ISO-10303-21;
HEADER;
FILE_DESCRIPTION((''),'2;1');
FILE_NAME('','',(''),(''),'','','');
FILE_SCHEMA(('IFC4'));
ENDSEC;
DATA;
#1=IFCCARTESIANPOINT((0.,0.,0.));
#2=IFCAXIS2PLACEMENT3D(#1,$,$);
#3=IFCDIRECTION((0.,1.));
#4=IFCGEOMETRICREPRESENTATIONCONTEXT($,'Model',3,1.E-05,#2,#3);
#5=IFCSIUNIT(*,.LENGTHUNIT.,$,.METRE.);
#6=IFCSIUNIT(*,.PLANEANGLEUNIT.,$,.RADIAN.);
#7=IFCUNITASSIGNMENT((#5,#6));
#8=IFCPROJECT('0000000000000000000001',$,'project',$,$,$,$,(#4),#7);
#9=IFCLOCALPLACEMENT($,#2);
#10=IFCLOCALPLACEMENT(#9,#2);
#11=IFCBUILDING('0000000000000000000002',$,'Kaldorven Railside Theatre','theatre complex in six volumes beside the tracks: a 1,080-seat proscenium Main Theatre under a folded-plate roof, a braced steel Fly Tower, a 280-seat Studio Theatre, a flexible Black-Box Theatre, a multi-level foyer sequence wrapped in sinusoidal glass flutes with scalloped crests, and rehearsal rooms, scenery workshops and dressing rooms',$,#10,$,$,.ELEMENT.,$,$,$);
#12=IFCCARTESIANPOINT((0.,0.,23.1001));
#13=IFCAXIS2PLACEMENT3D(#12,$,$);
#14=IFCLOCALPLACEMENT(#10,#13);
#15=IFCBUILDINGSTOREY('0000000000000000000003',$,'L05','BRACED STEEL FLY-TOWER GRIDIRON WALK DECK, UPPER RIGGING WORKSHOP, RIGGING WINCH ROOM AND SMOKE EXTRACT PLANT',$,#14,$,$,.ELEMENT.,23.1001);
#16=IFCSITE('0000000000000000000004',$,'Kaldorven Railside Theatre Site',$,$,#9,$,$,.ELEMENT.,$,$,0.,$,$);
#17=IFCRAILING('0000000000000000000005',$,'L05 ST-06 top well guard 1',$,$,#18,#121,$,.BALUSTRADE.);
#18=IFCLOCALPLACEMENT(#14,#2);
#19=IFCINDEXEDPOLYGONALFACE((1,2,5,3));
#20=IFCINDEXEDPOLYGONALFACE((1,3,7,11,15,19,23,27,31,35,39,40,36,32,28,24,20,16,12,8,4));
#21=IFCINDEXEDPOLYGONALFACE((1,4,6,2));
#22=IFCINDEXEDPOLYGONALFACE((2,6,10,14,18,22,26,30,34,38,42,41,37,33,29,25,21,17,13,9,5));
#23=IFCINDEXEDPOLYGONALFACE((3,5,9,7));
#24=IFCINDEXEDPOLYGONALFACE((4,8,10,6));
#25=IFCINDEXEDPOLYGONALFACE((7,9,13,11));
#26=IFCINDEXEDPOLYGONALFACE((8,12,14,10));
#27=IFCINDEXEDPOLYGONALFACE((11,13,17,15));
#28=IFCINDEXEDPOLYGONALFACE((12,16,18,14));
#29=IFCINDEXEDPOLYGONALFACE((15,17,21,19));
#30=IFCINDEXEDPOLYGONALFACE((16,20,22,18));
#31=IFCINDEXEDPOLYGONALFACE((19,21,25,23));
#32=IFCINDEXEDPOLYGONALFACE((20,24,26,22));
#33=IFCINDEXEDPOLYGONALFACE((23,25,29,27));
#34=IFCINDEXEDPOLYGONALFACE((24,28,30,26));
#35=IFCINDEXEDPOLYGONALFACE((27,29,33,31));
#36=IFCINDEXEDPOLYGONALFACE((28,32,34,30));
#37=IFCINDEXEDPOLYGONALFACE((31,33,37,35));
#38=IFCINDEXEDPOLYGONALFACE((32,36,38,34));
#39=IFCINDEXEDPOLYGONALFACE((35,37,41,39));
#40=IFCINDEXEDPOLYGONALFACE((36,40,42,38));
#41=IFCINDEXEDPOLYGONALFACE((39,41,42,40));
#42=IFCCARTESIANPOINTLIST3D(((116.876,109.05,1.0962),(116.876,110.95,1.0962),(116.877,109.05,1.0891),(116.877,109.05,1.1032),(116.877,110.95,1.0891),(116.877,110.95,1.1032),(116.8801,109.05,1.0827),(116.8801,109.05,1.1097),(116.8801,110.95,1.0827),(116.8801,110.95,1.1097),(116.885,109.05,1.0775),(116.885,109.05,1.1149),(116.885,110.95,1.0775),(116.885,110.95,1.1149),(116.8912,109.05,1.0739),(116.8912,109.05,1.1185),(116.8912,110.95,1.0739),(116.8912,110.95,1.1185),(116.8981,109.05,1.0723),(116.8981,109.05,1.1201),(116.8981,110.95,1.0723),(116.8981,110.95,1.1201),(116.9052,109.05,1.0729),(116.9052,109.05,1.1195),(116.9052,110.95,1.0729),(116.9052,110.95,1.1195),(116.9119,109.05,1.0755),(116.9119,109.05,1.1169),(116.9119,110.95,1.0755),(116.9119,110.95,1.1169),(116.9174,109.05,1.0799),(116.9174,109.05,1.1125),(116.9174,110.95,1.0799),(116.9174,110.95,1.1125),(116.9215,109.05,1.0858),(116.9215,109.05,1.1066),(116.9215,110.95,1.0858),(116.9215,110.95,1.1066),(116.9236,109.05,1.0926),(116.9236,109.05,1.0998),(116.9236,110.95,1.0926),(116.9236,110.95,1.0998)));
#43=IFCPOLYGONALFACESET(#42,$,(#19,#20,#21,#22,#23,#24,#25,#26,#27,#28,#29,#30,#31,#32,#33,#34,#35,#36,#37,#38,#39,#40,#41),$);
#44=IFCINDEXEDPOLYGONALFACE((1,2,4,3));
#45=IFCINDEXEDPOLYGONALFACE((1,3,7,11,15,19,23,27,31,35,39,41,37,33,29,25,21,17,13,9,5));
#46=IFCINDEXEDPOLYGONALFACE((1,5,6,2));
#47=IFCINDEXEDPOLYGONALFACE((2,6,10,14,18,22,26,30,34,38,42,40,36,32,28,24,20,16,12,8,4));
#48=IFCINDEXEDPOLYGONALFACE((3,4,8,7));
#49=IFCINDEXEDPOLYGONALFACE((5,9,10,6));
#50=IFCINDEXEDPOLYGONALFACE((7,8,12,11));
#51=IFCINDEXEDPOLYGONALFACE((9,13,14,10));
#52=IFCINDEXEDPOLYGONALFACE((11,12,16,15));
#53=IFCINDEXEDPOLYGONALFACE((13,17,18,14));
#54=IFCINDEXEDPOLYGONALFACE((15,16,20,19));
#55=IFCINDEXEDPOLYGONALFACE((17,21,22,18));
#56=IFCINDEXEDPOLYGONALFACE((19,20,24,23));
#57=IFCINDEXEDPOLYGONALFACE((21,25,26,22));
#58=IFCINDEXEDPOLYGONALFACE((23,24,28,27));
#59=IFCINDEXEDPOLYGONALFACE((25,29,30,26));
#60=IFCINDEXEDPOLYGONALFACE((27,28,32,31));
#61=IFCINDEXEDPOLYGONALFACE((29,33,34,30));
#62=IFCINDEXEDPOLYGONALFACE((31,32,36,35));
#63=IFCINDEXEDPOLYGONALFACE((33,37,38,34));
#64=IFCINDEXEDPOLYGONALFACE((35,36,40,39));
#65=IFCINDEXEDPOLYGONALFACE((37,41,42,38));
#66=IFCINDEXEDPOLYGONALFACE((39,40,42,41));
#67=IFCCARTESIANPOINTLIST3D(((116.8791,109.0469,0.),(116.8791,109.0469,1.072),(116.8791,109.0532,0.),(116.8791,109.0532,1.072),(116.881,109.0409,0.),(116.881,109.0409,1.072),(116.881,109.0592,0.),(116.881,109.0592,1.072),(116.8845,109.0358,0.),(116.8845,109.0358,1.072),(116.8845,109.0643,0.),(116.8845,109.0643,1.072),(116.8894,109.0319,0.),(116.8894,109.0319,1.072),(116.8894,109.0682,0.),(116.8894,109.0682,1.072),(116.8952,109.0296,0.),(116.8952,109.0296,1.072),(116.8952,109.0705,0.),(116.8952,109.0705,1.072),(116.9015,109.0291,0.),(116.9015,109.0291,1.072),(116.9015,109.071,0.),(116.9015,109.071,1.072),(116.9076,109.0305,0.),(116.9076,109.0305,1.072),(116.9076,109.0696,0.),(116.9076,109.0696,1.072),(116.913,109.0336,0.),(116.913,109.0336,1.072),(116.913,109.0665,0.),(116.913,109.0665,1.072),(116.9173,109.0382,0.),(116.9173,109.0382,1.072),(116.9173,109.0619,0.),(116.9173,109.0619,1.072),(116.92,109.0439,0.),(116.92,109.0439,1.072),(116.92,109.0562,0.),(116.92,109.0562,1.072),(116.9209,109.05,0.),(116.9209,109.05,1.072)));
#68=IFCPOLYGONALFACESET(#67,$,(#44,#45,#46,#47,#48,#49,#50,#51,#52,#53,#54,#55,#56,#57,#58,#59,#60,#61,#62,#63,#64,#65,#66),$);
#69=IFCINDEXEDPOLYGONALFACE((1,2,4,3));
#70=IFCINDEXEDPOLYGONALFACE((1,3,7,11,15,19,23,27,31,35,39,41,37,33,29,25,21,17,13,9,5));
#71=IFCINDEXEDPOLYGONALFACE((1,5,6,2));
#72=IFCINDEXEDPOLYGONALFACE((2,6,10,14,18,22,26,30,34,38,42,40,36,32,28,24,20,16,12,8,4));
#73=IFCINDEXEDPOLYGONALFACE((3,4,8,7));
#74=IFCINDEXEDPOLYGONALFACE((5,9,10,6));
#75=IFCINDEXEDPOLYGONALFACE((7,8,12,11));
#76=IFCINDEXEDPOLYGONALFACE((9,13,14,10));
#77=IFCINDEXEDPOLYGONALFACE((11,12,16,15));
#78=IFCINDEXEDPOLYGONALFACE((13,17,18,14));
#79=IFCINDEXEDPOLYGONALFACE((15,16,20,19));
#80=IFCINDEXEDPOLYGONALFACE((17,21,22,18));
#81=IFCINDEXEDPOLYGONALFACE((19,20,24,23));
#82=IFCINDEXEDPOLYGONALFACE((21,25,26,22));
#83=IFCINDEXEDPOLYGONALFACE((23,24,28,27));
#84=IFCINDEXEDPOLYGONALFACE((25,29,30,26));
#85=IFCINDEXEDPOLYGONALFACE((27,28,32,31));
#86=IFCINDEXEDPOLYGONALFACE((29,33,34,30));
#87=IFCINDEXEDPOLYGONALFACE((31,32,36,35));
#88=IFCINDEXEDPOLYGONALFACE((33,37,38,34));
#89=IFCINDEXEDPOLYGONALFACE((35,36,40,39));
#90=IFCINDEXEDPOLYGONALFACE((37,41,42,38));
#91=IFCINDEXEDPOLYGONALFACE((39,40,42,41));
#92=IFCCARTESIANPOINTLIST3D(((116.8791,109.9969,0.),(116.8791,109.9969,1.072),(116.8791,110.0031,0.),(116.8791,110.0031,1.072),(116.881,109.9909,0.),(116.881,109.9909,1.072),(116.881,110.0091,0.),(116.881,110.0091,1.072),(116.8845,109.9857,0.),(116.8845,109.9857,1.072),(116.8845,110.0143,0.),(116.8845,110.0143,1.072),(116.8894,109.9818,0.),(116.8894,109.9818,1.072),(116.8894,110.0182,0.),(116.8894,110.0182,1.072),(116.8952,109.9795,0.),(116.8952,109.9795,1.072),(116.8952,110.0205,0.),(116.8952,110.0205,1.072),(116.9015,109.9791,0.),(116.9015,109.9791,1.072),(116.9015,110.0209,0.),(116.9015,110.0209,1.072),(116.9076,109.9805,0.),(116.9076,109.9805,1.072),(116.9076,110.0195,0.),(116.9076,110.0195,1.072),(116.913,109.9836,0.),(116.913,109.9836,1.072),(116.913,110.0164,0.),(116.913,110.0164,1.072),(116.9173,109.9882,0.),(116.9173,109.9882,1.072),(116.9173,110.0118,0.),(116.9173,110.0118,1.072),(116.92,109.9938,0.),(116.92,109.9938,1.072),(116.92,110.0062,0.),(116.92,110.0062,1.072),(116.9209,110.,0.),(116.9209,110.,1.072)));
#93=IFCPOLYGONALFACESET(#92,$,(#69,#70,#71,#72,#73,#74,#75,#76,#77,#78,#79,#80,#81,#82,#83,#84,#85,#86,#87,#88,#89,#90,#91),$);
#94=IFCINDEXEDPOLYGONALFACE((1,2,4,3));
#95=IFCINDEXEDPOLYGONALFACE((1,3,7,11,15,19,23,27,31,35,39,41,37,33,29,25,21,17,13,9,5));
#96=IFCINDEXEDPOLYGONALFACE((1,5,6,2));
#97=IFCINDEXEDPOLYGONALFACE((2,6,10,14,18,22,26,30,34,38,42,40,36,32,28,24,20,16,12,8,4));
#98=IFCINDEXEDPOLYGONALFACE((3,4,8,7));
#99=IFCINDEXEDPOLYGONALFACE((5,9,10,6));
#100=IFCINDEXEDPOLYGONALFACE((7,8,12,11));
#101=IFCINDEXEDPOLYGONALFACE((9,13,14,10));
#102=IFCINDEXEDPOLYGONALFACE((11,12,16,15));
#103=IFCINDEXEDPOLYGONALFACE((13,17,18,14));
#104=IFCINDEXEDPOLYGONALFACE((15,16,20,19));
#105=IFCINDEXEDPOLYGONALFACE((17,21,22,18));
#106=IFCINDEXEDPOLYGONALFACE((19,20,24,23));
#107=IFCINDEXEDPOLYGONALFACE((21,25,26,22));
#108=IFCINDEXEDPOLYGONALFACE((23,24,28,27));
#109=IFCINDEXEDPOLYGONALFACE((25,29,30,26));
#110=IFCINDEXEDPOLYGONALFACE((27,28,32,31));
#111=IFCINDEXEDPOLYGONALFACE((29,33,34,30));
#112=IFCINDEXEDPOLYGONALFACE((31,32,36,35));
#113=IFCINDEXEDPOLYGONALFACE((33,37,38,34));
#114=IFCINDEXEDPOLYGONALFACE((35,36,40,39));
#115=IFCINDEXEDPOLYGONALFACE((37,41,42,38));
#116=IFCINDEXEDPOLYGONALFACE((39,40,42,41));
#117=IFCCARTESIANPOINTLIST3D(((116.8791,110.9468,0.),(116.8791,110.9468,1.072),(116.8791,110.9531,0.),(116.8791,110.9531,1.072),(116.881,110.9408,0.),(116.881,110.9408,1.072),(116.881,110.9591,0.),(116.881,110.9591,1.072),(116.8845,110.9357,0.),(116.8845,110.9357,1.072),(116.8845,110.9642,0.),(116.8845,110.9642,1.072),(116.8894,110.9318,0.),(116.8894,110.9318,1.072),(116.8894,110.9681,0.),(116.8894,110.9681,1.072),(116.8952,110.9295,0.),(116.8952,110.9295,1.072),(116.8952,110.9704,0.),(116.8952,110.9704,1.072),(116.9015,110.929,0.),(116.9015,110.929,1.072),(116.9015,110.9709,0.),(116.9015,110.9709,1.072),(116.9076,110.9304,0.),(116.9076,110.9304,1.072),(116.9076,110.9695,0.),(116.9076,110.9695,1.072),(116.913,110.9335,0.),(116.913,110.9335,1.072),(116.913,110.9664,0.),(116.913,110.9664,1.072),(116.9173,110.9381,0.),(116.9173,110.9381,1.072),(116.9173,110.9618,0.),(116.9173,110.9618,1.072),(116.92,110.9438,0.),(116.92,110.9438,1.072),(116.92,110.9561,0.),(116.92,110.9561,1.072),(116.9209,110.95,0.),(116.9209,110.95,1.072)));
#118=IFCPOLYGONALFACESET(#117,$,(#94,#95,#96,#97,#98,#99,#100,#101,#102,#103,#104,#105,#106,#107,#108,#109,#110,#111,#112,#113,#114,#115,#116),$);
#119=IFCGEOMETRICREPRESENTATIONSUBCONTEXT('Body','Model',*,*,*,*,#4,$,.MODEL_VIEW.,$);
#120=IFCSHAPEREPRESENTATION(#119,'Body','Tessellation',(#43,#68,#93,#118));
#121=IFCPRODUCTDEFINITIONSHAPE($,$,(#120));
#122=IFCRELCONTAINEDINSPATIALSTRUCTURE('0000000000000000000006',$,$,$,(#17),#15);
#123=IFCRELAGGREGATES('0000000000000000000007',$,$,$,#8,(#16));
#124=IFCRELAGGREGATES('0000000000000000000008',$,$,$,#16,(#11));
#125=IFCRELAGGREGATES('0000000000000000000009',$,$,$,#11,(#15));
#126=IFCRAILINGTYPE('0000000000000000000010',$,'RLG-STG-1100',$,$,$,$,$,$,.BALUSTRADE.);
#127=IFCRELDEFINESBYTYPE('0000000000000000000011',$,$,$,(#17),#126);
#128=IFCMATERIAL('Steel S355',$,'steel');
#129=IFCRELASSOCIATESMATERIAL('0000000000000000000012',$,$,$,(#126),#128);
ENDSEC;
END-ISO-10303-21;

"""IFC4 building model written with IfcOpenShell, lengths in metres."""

from ifc_helpers import new_model, si_unit, direction, frame, origin, origin_2d, place, context, subcontext, project, spatial, circle, extrude, material, type_object, element, save


model = new_model("IFC4")

# Units and contexts
model_context = context("Model", 3, precision=1e-05, world=origin(), true_north=direction((0.0, 1.0)))
body_context = subcontext(model_context, "Body", "Model", "MODEL_VIEW")
ifc_project = project(units=[si_unit("LENGTHUNIT", "METRE"), si_unit("PLANEANGLEUNIT", "RADIAN")], contexts=[model_context])

# Site, building, storey
site_placement = place(None, origin())
site = spatial("IfcSite", under=ifc_project, at=site_placement, Name="Kaldorven Railside Theatre Site", CompositionType="ELEMENT", RefElevation=0.0)
building_placement = place(site_placement, origin())
building = spatial("IfcBuilding", under=site, at=building_placement, Name="Kaldorven Railside Theatre", Description="theatre complex in six volumes beside the tracks: a 1,080-seat proscenium Main Theatre under a folded-plate roof, a braced steel Fly Tower, a 280-seat Studio Theatre, a flexible Black-Box Theatre, a multi-level foyer sequence wrapped in sinusoidal glass flutes with scalloped crests, and rehearsal rooms, scenery workshops and dressing rooms", CompositionType="ELEMENT")
storey_placement = place(building_placement, frame((0.0, 0.0, 23.1001)))
storey = spatial("IfcBuildingStorey", under=building, at=storey_placement, Name="L05", Description="BRACED STEEL FLY-TOWER GRIDIRON WALK DECK, UPPER RIGGING WORKSHOP, RIGGING WINCH ROOM AND SMOKE EXTRACT PLANT", CompositionType="ELEMENT", Elevation=23.1001)

# Shared definitions
ifc_material_1 = material(Name="Steel S355", Category="steel")

# Railing
railing_type = type_object("IfcRailingType", Name="RLG-STG-1100", PredefinedType="BALUSTRADE", material=ifc_material_1)
railing_placement = place(storey_placement, frame((116.8999, 109.05, 0.0)))
element("IfcRailing", 1, at=railing_placement, inside=storey, type_object=railing_type, Name="L05 ST-06 top well guard 1", PredefinedType="BALUSTRADE", context=body_context, shape_type="SweptSolid", body=[
    extrude(circle(Radius=0.0239, at=origin_2d()), frame((0.0, 0.0, 1.0962), z_axis=(0.0, 1.0, 0.0), x_axis=(-1.0, 0.0, 0.0)), (0.0, 0.0, 1.0), 1.8999),
    extrude(circle(Radius=0.021, at=origin_2d()), origin(), (0.0, 0.0, 1.0), 1.072),
    extrude(circle(Radius=0.021, at=origin_2d()), frame((0.0, 0.95, 0.0)), (0.0, 0.0, 1.0), 1.072),
    extrude(circle(Radius=0.021, at=origin_2d()), frame((0.0, 1.8999, 0.0)), (0.0, 0.0, 1.0), 1.072),
])

save(model, "model.ifc")
